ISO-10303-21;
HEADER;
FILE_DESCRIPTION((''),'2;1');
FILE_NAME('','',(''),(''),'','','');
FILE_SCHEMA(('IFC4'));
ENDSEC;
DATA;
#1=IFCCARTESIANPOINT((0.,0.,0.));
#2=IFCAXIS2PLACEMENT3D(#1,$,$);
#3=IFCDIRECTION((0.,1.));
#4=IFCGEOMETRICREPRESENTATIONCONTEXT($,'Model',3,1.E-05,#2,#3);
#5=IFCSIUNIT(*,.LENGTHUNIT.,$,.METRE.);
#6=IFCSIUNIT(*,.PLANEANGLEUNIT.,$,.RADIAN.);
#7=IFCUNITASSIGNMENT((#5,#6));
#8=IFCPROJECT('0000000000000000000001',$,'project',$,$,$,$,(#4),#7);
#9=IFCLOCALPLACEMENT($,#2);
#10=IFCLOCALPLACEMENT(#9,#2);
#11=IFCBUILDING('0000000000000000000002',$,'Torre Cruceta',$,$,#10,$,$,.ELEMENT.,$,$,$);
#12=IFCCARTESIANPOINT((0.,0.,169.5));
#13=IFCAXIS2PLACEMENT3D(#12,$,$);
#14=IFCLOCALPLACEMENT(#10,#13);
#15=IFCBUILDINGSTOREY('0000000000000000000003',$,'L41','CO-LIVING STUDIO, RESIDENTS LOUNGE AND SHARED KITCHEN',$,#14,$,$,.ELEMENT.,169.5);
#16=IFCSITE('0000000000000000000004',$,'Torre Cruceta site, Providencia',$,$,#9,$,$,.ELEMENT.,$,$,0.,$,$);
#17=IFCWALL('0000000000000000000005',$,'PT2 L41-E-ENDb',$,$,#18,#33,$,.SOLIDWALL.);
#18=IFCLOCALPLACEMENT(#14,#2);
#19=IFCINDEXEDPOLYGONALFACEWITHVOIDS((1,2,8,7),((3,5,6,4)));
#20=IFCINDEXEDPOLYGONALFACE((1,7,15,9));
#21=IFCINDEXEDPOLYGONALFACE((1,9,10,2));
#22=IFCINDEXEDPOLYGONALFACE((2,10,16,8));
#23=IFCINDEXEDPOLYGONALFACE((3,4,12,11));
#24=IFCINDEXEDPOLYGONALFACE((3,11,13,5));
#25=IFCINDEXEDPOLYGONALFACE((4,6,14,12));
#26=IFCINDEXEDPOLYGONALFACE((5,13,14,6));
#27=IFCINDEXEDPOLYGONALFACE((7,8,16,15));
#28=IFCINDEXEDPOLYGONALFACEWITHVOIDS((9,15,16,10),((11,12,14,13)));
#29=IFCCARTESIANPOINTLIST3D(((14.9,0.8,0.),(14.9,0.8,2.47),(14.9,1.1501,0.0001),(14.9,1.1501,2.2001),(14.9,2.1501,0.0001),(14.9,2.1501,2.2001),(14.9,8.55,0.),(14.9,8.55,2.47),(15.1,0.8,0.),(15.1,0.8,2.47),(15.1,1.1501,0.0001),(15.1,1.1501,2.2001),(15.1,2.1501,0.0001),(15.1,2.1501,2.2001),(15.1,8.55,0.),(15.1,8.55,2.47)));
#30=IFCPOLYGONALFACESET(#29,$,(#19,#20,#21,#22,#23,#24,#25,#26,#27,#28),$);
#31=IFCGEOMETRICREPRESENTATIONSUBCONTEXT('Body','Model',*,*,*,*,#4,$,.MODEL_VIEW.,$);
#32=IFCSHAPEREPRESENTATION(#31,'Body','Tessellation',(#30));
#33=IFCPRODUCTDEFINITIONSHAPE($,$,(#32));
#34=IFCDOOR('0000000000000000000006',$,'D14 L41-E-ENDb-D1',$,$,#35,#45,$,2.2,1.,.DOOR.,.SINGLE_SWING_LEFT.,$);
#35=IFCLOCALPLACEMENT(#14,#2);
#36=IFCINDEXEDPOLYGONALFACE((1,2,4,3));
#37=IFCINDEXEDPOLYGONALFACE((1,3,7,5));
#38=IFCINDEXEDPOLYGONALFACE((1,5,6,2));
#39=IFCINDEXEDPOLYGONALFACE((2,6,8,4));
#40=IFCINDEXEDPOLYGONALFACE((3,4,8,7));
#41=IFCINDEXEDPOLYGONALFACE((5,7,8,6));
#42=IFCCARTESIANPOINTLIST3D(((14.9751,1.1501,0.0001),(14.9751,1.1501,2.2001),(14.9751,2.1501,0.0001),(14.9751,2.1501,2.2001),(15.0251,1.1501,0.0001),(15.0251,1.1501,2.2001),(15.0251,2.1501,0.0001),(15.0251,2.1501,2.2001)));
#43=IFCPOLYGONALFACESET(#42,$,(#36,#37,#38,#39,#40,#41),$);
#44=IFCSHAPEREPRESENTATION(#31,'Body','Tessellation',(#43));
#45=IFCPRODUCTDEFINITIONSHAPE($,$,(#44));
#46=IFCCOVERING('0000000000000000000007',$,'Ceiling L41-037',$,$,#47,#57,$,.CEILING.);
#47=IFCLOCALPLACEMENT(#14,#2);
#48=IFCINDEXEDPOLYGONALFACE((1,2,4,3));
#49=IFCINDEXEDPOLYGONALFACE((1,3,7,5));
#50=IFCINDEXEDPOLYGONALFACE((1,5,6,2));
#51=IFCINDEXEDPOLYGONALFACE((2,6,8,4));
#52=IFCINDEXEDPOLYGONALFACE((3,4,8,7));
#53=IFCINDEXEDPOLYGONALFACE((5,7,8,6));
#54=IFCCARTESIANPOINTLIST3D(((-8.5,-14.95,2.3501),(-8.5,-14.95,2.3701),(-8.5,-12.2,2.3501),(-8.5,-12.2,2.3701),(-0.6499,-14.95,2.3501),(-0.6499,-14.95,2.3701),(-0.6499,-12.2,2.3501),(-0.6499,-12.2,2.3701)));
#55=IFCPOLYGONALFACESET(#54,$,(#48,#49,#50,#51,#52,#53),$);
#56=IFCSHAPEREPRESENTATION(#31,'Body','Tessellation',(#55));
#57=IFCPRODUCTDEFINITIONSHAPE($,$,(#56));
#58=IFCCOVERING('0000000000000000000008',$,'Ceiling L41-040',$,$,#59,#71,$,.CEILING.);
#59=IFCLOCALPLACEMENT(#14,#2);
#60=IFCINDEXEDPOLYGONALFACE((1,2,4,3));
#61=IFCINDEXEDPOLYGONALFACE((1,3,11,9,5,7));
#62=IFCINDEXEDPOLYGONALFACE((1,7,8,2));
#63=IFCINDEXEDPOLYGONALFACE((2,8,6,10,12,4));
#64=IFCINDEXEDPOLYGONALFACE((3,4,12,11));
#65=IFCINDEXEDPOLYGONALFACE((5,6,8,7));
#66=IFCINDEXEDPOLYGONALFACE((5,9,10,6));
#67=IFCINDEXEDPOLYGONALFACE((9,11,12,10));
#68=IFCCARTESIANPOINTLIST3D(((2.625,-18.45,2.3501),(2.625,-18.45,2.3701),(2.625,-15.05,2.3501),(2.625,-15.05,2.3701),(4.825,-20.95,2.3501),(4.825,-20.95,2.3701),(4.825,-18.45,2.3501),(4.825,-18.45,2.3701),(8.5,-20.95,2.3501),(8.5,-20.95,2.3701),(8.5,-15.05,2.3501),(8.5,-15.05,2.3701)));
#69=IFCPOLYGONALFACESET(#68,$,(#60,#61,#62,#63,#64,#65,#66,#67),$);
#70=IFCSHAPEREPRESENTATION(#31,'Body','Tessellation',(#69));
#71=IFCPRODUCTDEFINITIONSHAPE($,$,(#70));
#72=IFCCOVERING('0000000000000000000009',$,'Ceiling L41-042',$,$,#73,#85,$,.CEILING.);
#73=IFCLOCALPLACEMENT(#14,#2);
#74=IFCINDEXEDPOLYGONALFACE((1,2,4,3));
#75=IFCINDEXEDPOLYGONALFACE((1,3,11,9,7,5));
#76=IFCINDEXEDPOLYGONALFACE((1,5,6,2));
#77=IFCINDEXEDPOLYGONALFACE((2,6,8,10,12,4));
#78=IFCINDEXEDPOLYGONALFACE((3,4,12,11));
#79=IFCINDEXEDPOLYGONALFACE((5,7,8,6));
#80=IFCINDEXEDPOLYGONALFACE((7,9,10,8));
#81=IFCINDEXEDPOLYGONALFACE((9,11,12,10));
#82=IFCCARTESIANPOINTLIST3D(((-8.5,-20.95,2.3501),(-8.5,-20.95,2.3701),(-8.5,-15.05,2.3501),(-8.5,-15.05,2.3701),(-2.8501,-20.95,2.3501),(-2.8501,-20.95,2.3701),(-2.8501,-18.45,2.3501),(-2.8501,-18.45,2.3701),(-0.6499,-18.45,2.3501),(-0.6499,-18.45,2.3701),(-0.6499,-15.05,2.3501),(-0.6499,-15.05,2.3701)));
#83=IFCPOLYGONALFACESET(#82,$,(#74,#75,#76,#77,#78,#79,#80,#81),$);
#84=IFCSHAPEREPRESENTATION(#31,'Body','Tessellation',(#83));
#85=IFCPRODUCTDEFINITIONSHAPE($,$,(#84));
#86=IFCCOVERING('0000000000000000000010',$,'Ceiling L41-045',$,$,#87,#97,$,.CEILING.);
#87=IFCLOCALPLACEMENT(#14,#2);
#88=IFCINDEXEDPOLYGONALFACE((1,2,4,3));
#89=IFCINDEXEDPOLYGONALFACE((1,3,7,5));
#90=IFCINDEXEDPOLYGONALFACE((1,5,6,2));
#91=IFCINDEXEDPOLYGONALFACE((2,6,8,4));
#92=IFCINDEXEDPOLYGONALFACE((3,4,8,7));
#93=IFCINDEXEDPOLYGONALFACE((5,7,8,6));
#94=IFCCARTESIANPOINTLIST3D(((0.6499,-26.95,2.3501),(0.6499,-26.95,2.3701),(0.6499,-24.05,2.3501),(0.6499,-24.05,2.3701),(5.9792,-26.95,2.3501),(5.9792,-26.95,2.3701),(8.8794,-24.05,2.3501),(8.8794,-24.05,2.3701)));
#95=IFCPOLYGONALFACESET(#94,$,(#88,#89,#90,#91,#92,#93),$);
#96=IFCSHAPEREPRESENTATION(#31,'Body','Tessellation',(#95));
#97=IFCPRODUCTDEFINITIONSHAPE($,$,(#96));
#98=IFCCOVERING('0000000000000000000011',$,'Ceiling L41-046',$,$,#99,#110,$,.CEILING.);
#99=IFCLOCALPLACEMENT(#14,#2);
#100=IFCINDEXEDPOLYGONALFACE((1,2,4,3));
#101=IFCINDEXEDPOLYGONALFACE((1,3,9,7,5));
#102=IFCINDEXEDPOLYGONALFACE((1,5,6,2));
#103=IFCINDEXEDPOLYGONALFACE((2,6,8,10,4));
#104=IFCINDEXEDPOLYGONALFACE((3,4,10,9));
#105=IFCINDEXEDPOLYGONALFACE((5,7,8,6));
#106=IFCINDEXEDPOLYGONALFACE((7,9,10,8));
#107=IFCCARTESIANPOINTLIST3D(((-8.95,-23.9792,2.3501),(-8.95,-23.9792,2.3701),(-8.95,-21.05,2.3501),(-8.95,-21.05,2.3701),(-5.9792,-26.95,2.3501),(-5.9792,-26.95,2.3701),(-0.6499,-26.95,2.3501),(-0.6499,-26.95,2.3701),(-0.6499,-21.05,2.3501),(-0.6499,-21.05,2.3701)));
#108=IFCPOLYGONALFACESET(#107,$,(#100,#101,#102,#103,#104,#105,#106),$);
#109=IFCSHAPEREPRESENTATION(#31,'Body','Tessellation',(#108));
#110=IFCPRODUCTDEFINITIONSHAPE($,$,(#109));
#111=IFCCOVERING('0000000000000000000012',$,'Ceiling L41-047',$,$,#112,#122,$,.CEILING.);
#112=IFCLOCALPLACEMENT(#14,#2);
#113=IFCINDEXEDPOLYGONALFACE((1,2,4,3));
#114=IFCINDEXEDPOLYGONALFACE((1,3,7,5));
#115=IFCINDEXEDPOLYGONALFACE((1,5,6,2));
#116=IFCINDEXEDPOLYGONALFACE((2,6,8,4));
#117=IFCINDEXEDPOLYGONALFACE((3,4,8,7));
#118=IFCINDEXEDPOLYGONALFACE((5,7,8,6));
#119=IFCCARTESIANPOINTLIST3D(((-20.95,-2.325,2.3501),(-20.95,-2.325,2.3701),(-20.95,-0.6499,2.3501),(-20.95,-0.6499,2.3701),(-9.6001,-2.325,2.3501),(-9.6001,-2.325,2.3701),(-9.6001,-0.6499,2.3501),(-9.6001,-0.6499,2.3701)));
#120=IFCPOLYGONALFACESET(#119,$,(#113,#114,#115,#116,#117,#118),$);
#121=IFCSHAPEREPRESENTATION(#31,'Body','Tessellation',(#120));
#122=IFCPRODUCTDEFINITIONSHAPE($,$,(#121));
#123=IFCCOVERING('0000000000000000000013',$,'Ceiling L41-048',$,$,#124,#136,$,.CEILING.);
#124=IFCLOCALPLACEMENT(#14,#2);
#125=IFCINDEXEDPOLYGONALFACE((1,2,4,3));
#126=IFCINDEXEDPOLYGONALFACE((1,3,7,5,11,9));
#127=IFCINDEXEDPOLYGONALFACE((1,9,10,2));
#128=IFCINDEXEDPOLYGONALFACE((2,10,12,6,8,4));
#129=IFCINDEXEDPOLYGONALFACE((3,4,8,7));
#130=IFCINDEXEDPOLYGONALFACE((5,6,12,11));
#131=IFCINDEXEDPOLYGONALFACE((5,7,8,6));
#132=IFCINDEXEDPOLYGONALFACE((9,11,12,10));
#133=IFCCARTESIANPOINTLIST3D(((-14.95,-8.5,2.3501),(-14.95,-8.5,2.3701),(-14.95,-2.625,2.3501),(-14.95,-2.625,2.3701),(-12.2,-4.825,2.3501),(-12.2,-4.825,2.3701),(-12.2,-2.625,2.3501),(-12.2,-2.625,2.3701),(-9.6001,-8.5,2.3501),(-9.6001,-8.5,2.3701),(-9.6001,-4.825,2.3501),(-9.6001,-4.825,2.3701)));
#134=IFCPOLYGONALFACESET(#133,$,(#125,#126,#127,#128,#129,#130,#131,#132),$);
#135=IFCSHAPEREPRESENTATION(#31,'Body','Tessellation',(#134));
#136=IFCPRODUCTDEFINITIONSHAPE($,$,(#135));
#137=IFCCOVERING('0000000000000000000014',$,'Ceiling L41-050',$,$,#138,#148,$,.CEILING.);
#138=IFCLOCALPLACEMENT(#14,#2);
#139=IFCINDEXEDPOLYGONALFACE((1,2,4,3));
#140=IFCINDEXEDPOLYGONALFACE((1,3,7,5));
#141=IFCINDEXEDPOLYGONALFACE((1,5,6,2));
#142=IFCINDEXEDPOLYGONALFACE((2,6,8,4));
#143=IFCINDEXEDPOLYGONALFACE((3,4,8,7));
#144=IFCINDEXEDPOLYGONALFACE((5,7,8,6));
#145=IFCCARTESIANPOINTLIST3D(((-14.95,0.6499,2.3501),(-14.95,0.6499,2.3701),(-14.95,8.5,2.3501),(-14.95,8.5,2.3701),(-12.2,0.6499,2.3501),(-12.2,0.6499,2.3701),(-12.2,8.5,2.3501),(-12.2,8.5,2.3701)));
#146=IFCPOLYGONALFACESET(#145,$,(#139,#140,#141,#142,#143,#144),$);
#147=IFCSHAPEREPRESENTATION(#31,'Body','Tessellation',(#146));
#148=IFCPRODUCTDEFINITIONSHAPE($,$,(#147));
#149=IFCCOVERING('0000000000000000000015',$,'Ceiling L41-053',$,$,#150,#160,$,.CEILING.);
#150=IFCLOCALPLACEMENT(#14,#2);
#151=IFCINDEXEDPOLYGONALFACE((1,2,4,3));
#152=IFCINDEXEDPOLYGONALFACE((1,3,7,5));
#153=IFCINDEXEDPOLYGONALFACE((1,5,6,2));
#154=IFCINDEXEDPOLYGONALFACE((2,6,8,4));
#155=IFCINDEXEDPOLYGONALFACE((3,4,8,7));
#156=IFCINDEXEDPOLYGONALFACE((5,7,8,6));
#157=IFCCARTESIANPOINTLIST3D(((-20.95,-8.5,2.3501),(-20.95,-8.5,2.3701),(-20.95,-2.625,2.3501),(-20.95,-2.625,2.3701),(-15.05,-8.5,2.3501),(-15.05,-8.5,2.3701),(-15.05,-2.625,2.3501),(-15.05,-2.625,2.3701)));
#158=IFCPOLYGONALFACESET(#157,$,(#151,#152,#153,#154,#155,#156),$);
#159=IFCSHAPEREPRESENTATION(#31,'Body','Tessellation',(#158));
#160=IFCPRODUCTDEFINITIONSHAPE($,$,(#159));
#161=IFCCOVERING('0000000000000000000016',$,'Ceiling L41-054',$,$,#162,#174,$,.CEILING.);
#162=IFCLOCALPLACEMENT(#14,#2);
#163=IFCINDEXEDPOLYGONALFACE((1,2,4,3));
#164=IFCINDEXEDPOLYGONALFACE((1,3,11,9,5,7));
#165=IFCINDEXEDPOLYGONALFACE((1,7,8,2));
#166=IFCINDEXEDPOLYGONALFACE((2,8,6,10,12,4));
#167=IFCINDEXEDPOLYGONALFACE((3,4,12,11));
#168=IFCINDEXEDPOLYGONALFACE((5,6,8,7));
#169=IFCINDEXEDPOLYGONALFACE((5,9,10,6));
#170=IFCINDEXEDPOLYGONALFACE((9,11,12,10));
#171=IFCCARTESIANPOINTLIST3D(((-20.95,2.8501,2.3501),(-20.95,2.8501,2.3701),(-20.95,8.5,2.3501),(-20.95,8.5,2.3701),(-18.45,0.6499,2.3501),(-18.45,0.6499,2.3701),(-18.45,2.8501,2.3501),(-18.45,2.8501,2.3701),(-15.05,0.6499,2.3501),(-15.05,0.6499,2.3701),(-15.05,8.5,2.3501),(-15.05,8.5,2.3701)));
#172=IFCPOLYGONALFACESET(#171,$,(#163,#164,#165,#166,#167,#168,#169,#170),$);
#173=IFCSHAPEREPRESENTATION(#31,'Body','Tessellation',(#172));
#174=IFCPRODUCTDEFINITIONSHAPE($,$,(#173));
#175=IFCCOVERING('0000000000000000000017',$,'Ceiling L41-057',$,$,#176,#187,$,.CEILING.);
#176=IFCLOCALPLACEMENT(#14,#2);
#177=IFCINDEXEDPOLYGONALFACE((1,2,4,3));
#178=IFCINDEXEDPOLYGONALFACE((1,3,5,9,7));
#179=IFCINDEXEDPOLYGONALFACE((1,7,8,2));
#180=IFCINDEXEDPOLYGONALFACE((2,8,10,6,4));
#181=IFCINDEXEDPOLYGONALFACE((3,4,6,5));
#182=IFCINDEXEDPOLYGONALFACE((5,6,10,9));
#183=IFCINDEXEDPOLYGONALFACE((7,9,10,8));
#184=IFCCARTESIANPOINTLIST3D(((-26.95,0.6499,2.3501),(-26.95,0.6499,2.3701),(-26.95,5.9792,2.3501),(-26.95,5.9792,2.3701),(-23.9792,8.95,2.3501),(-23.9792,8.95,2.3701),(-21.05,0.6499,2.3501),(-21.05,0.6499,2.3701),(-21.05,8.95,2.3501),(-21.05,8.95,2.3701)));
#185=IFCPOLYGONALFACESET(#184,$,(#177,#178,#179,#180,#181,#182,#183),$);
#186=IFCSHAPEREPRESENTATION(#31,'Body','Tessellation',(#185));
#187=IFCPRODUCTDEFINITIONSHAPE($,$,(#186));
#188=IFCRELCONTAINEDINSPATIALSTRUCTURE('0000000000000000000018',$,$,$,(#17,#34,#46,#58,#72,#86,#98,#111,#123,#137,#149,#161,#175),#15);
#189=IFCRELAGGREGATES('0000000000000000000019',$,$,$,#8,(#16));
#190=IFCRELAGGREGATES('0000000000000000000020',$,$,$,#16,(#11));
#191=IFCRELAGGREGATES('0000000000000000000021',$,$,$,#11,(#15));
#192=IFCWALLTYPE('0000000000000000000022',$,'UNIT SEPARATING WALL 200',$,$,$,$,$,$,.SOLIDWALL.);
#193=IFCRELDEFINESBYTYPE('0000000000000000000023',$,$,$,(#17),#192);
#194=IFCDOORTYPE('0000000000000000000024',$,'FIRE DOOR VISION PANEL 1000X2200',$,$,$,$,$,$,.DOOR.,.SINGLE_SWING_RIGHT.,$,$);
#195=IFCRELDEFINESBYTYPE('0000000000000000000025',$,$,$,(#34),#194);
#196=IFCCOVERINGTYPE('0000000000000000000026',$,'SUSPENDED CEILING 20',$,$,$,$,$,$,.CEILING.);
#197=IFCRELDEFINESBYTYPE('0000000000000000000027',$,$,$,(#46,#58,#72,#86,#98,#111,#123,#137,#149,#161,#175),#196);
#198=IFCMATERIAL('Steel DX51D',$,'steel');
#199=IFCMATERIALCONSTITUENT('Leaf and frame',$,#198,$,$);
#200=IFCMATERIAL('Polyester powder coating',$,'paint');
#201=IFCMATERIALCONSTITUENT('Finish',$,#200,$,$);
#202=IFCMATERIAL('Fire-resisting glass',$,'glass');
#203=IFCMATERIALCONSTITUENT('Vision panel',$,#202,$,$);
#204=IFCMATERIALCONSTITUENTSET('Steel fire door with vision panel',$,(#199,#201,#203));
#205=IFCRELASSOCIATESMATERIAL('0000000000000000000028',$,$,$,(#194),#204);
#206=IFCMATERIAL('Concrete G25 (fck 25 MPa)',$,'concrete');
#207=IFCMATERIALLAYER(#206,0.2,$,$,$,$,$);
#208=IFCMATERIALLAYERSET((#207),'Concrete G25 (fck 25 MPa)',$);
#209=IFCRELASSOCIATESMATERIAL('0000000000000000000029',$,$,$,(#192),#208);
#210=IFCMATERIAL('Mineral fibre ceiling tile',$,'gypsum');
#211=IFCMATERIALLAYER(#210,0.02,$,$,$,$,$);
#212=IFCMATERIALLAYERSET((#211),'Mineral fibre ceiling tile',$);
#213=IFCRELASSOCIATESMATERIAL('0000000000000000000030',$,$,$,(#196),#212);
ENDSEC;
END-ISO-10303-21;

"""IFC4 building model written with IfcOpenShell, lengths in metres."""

from ifc_helpers import new_model, si_unit, direction, frame, frame_2d, origin, place, context, subcontext, project, spatial, polyline, rectangle, outline, extrude, material, layer, layer_set, constituent, constituent_set, type_object, element, fill, save


model = new_model("IFC4")

# Units and contexts
model_context = context("Model", 3, precision=1e-05, world=origin(), true_north=direction((0.0, 1.0)))
body_context = subcontext(model_context, "Body", "Model", "MODEL_VIEW")
ifc_project = project(units=[si_unit("LENGTHUNIT", "METRE"), si_unit("PLANEANGLEUNIT", "RADIAN")], contexts=[model_context])

# Site, building, storey
site_placement = place(None, origin())
site = spatial("IfcSite", under=ifc_project, at=site_placement, Name="Torre Cruceta site, Providencia", CompositionType="ELEMENT", RefElevation=0.0)
building_placement = place(site_placement, origin())
building = spatial("IfcBuilding", under=site, at=building_placement, Name="Torre Cruceta", CompositionType="ELEMENT")
storey_placement = place(building_placement, frame((0.0, 0.0, 169.5)))
storey = spatial("IfcBuildingStorey", under=building, at=storey_placement, Name="L41", Description="CO-LIVING STUDIO, RESIDENTS LOUNGE AND SHARED KITCHEN", CompositionType="ELEMENT", Elevation=169.5)

# Shared definitions
ifc_material_1 = material(Name="Steel DX51D", Category="steel")
ifc_constituent_1 = constituent(ifc_material_1, Name="Leaf and frame")
ifc_material_2 = material(Name="Polyester powder coating", Category="paint")
ifc_constituent_2 = constituent(ifc_material_2, Name="Finish")
ifc_material_3 = material(Name="Fire-resisting glass", Category="glass")
ifc_constituent_3 = constituent(ifc_material_3, Name="Vision panel")
ifc_constituent_set_1 = constituent_set(constituents=[ifc_constituent_1, ifc_constituent_2, ifc_constituent_3], Name="Steel fire door with vision panel")
door_type_1 = type_object("IfcDoorType", Name="FIRE DOOR VISION PANEL 1000X2200", OperationType="SINGLE_SWING_RIGHT", PredefinedType="DOOR", material=ifc_constituent_set_1)

# Wall, opening, door
ifc_material_4 = material(Name="Concrete G25 (fck 25 MPa)", Category="concrete")
ifc_layer_1 = layer(ifc_material_4, 0.2)
ifc_layer_set_1 = layer_set([ifc_layer_1], Name="Concrete G25 (fck 25 MPa)")
wall_type_1 = type_object("IfcWallType", Name="UNIT SEPARATING WALL 200", PredefinedType="SOLIDWALL", material=ifc_layer_set_1)
wall_1_placement = place(storey_placement, frame((15.0, 0.8, 0.0), z_axis=(0.0, 0.0, 1.0), x_axis=(0.0, 1.0, 0.0)))
wall_1 = element("IfcWall", 1, at=wall_1_placement, inside=storey, type_object=wall_type_1, Name="PT2 L41-E-ENDb", PredefinedType="SOLIDWALL", context=body_context, shape_type="SweptSolid", body=[
    extrude(rectangle(XDim=7.75, YDim=0.2, at=frame_2d((3.875, 0.0))), origin(), (0.0, 0.0, 1.0), 2.47),
])
opening_1_placement = place(wall_1_placement, frame((0.3501, 0.0, 0.0)))
opening_1 = element("IfcOpeningElement", 2, at=opening_1_placement, cuts=wall_1, PredefinedType="OPENING", context=body_context, shape_type="SweptSolid", body=[
    extrude(rectangle(XDim=1.0, YDim=2.2, at=frame_2d((0.5, 1.1001))), frame((0.0, 0.1099, 0.0), z_axis=(0.0, -1.0, 0.0), x_axis=(1.0, 0.0, 0.0)), (0.0, 0.0, 1.0), 0.22),
])
door_1_placement = place(opening_1_placement, frame((1.0, 0.0, 0.0), z_axis=(0.0, 0.0, 1.0), x_axis=(-1.0, 0.0, 0.0)))
door_1 = element("IfcDoor", 3, at=door_1_placement, inside=storey, type_object=door_type_1, Name="D14 L41-E-ENDb-D1", OperationType="SINGLE_SWING_LEFT", OverallHeight=2.2, OverallWidth=1.0, PredefinedType="DOOR", context=body_context, shape_type="SweptSolid", body=[
    extrude(rectangle(XDim=1.0, YDim=2.2, at=frame_2d((0.5, 1.1001))), frame((0.0, 0.0251, 0.0), z_axis=(0.0, -1.0, 0.0), x_axis=(1.0, 0.0, 0.0)), (0.0, 0.0, 1.0), 0.05),
])
fill(opening_1, door_1)

# Coverings
ifc_material_5 = material(Name="Mineral fibre ceiling tile", Category="gypsum")
ifc_layer_2 = layer(ifc_material_5, 0.02)
ifc_layer_set_2 = layer_set([ifc_layer_2], Name="Mineral fibre ceiling tile")
covering_type = type_object("IfcCoveringType", Name="SUSPENDED CEILING 20", PredefinedType="CEILING", material=ifc_layer_set_2)
covering_1_placement = place(storey_placement, frame((0.0, 0.0, 2.3501)))
element("IfcCovering", 4, at=covering_1_placement, inside=storey, type_object=covering_type, Name="Ceiling L41-037", PredefinedType="CEILING", context=body_context, shape_type="SweptSolid", body=[
    extrude(outline(polyline([(-8.5, -14.95), (-8.5, -12.2), (-0.6499, -12.2), (-0.6499, -14.95), (-8.5, -14.95)])), origin(), (0.0, 0.0, 1.0), 0.02),
])
covering_2_placement = place(storey_placement, frame((0.0, 0.0, 2.3501)))
element("IfcCovering", 5, at=covering_2_placement, inside=storey, type_object=covering_type, Name="Ceiling L41-040", PredefinedType="CEILING", context=body_context, shape_type="SweptSolid", body=[
    extrude(outline(polyline([(2.625, -15.05), (8.5, -15.05), (8.5, -20.95), (4.825, -20.95), (4.825, -18.45), (2.625, -18.45), (2.625, -15.05)])), origin(), (0.0, 0.0, 1.0), 0.02),
])
covering_3_placement = place(storey_placement, frame((0.0, 0.0, 2.3501)))
element("IfcCovering", 6, at=covering_3_placement, inside=storey, type_object=covering_type, Name="Ceiling L41-042", PredefinedType="CEILING", context=body_context, shape_type="SweptSolid", body=[
    extrude(outline(polyline([(-8.5, -20.95), (-8.5, -15.05), (-0.6499, -15.05), (-0.6499, -18.45), (-2.8501, -18.45), (-2.8501, -20.95), (-8.5, -20.95)])), origin(), (0.0, 0.0, 1.0), 0.02),
])
covering_4_placement = place(storey_placement, frame((0.0, 0.0, 2.3501)))
element("IfcCovering", 7, at=covering_4_placement, inside=storey, type_object=covering_type, Name="Ceiling L41-045", PredefinedType="CEILING", context=body_context, shape_type="SweptSolid", body=[
    extrude(outline(polyline([(0.6499, -26.95), (0.6499, -24.05), (8.8794, -24.05), (5.9792, -26.95), (0.6499, -26.95)])), origin(), (0.0, 0.0, 1.0), 0.02),
])
covering_5_placement = place(storey_placement, frame((0.0, 0.0, 2.3501)))
element("IfcCovering", 8, at=covering_5_placement, inside=storey, type_object=covering_type, Name="Ceiling L41-046", PredefinedType="CEILING", context=body_context, shape_type="SweptSolid", body=[
    extrude(outline(polyline([(-8.95, -23.9792), (-8.95, -21.05), (-0.6499, -21.05), (-0.6499, -26.95), (-5.9792, -26.95), (-8.95, -23.9792)])), origin(), (0.0, 0.0, 1.0), 0.02),
])
covering_6_placement = place(storey_placement, frame((0.0, 0.0, 2.3501)))
element("IfcCovering", 9, at=covering_6_placement, inside=storey, type_object=covering_type, Name="Ceiling L41-047", PredefinedType="CEILING", context=body_context, shape_type="SweptSolid", body=[
    extrude(outline(polyline([(-9.6001, -0.6499), (-9.6001, -2.325), (-20.95, -2.325), (-20.95, -0.6499), (-9.6001, -0.6499)])), origin(), (0.0, 0.0, 1.0), 0.02),
])
covering_7_placement = place(storey_placement, frame((0.0, 0.0, 2.3501)))
element("IfcCovering", 10, at=covering_7_placement, inside=storey, type_object=covering_type, Name="Ceiling L41-048", PredefinedType="CEILING", context=body_context, shape_type="SweptSolid", body=[
    extrude(outline(polyline([(-9.6001, -8.5), (-14.95, -8.5), (-14.95, -2.625), (-12.2, -2.625), (-12.2, -4.825), (-9.6001, -4.825), (-9.6001, -8.5)])), origin(), (0.0, 0.0, 1.0), 0.02),
])
covering_8_placement = place(storey_placement, frame((0.0, 0.0, 2.3501)))
element("IfcCovering", 11, at=covering_8_placement, inside=storey, type_object=covering_type, Name="Ceiling L41-050", PredefinedType="CEILING", context=body_context, shape_type="SweptSolid", body=[
    extrude(outline(polyline([(-14.95, 8.5), (-12.2, 8.5), (-12.2, 0.6499), (-14.95, 0.6499), (-14.95, 8.5)])), origin(), (0.0, 0.0, 1.0), 0.02),
])
covering_9_placement = place(storey_placement, frame((0.0, 0.0, 2.3501)))
element("IfcCovering", 12, at=covering_9_placement, inside=storey, type_object=covering_type, Name="Ceiling L41-053", PredefinedType="CEILING", context=body_context, shape_type="SweptSolid", body=[
    extrude(outline(polyline([(-15.05, -2.625), (-15.05, -8.5), (-20.95, -8.5), (-20.95, -2.625), (-15.05, -2.625)])), origin(), (0.0, 0.0, 1.0), 0.02),
])
covering_10_placement = place(storey_placement, frame((0.0, 0.0, 2.3501)))
element("IfcCovering", 13, at=covering_10_placement, inside=storey, type_object=covering_type, Name="Ceiling L41-054", PredefinedType="CEILING", context=body_context, shape_type="SweptSolid", body=[
    extrude(outline(polyline([(-20.95, 8.5), (-15.05, 8.5), (-15.05, 0.6499), (-18.45, 0.6499), (-18.45, 2.8501), (-20.95, 2.8501), (-20.95, 8.5)])), origin(), (0.0, 0.0, 1.0), 0.02),
])
covering_11_placement = place(storey_placement, frame((0.0, 0.0, 2.3501)))
element("IfcCovering", 14, at=covering_11_placement, inside=storey, type_object=covering_type, Name="Ceiling L41-057", PredefinedType="CEILING", context=body_context, shape_type="SweptSolid", body=[
    extrude(outline(polyline([(-23.9792, 8.95), (-21.05, 8.95), (-21.05, 0.6499), (-26.95, 0.6499), (-26.95, 5.9792), (-23.9792, 8.95)])), origin(), (0.0, 0.0, 1.0), 0.02),
])

save(model, "model.ifc")
